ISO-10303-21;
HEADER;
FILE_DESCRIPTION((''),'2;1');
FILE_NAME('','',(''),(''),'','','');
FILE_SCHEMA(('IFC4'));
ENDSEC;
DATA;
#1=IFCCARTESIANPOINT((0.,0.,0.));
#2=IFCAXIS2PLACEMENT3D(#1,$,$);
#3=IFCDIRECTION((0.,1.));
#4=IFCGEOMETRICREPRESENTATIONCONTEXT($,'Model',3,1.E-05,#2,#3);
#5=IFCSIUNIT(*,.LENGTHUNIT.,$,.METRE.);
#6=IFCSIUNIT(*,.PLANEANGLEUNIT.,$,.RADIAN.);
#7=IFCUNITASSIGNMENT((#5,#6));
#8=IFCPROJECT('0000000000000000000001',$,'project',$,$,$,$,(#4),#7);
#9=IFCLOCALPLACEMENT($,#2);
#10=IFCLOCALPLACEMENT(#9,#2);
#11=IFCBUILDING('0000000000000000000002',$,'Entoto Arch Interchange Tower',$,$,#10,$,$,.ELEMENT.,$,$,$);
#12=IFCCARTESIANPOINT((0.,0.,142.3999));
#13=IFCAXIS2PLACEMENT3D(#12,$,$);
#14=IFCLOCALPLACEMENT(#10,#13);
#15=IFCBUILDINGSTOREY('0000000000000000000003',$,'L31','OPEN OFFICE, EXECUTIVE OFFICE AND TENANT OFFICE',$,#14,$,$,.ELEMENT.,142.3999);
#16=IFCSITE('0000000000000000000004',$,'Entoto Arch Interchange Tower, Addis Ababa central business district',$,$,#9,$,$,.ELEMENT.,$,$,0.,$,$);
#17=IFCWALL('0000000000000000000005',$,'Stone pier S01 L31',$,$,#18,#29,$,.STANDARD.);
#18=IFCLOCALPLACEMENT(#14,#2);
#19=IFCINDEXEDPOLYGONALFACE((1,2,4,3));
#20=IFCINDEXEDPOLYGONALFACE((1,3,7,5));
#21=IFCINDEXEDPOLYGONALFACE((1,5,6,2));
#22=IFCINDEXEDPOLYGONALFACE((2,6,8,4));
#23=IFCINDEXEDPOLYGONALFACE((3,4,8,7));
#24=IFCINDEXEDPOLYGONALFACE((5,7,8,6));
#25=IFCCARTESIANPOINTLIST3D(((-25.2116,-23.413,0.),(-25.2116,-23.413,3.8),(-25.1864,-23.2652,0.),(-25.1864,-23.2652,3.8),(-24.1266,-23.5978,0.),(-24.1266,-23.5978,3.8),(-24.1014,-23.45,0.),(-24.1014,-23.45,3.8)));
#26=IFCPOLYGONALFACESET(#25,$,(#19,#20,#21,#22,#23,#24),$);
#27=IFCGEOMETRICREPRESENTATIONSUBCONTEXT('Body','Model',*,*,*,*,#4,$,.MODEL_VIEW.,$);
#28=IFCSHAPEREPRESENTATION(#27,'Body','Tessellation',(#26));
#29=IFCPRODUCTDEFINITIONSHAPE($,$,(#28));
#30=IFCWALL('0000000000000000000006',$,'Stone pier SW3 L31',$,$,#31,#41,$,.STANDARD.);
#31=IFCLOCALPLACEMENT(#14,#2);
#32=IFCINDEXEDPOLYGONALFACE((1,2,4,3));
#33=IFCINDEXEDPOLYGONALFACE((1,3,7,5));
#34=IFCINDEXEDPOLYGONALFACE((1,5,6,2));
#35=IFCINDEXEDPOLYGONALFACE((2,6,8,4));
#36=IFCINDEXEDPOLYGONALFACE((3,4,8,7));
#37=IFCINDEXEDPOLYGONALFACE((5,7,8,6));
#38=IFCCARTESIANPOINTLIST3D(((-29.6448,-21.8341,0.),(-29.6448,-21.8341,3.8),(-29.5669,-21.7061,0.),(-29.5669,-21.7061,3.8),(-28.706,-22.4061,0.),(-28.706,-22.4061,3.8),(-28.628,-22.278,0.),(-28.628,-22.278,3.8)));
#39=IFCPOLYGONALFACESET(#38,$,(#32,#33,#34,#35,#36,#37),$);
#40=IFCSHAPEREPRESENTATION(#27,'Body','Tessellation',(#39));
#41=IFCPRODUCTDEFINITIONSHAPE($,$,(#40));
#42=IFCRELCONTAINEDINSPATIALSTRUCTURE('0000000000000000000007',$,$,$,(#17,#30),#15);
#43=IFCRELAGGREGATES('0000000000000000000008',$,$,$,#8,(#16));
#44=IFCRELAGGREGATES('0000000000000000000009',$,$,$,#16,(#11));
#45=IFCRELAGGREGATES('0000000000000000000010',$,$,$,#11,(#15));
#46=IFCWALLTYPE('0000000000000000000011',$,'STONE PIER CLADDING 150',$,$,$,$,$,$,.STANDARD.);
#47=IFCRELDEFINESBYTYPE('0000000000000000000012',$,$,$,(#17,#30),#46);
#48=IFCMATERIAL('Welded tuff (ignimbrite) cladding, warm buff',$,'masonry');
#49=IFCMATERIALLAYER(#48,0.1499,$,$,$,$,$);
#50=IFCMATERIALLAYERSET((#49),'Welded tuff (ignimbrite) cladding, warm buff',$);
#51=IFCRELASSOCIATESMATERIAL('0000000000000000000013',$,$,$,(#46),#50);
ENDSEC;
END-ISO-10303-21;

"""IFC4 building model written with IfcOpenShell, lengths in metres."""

from ifc_helpers import new_model, si_unit, direction, frame, frame_2d, origin, place, context, subcontext, project, spatial, rectangle, extrude, material, layer, layer_set, type_object, element, save


model = new_model("IFC4")

# Units and contexts
model_context = context("Model", 3, precision=1e-05, world=origin(), true_north=direction((0.0, 1.0)))
body_context = subcontext(model_context, "Body", "Model", "MODEL_VIEW")
ifc_project = project(units=[si_unit("LENGTHUNIT", "METRE"), si_unit("PLANEANGLEUNIT", "RADIAN")], contexts=[model_context])

# Site, building, storey
site_placement = place(None, origin())
site = spatial("IfcSite", under=ifc_project, at=site_placement, Name="Entoto Arch Interchange Tower, Addis Ababa central business district", CompositionType="ELEMENT", RefElevation=0.0)
building_placement = place(site_placement, origin())
building = spatial("IfcBuilding", under=site, at=building_placement, Name="Entoto Arch Interchange Tower", CompositionType="ELEMENT")
storey_placement = place(building_placement, frame((0.0, 0.0, 142.3999)))
storey = spatial("IfcBuildingStorey", under=building, at=storey_placement, Name="L31", Description="OPEN OFFICE, EXECUTIVE OFFICE AND TENANT OFFICE", CompositionType="ELEMENT", Elevation=142.3999)

# Shared definitions
ifc_material_1 = material(Name="Welded tuff (ignimbrite) cladding, warm buff", Category="masonry")

# Walls
ifc_layer_1 = layer(ifc_material_1, 0.1499)
ifc_layer_set_1 = layer_set([ifc_layer_1], Name="Welded tuff (ignimbrite) cladding, warm buff")
wall_type_1 = type_object("IfcWallType", Name="STONE PIER CLADDING 150", PredefinedType="STANDARD", material=ifc_layer_set_1)
wall_1_placement = place(storey_placement, frame((-25.199, -23.3391, 0.0), z_axis=(0.0, 0.0, 1.0), x_axis=(0.9858, -0.167923, 0.0)))
element("IfcWall", 1, at=wall_1_placement, inside=storey, type_object=wall_type_1, Name="Stone pier S01 L31", PredefinedType="STANDARD", context=body_context, shape_type="SweptSolid", body=[
    extrude(rectangle(XDim=1.1006, YDim=0.1499, at=frame_2d((0.5503, 0.0))), origin(), (0.0, 0.0, 1.0), 3.8),
])
wall_2_placement = place(storey_placement, frame((-29.606, -21.77, 0.0), z_axis=(0.0, 0.0, 1.0), x_axis=(0.854006, -0.520264, 0.0)))
element("IfcWall", 2, at=wall_2_placement, inside=storey, type_object=wall_type_1, Name="Stone pier SW3 L31", PredefinedType="STANDARD", context=body_context, shape_type="SweptSolid", body=[
    extrude(rectangle(XDim=1.0994, YDim=0.1499, at=frame_2d((0.5498, 0.0))), origin(), (0.0, 0.0, 1.0), 3.8),
])

save(model, "model.ifc")
